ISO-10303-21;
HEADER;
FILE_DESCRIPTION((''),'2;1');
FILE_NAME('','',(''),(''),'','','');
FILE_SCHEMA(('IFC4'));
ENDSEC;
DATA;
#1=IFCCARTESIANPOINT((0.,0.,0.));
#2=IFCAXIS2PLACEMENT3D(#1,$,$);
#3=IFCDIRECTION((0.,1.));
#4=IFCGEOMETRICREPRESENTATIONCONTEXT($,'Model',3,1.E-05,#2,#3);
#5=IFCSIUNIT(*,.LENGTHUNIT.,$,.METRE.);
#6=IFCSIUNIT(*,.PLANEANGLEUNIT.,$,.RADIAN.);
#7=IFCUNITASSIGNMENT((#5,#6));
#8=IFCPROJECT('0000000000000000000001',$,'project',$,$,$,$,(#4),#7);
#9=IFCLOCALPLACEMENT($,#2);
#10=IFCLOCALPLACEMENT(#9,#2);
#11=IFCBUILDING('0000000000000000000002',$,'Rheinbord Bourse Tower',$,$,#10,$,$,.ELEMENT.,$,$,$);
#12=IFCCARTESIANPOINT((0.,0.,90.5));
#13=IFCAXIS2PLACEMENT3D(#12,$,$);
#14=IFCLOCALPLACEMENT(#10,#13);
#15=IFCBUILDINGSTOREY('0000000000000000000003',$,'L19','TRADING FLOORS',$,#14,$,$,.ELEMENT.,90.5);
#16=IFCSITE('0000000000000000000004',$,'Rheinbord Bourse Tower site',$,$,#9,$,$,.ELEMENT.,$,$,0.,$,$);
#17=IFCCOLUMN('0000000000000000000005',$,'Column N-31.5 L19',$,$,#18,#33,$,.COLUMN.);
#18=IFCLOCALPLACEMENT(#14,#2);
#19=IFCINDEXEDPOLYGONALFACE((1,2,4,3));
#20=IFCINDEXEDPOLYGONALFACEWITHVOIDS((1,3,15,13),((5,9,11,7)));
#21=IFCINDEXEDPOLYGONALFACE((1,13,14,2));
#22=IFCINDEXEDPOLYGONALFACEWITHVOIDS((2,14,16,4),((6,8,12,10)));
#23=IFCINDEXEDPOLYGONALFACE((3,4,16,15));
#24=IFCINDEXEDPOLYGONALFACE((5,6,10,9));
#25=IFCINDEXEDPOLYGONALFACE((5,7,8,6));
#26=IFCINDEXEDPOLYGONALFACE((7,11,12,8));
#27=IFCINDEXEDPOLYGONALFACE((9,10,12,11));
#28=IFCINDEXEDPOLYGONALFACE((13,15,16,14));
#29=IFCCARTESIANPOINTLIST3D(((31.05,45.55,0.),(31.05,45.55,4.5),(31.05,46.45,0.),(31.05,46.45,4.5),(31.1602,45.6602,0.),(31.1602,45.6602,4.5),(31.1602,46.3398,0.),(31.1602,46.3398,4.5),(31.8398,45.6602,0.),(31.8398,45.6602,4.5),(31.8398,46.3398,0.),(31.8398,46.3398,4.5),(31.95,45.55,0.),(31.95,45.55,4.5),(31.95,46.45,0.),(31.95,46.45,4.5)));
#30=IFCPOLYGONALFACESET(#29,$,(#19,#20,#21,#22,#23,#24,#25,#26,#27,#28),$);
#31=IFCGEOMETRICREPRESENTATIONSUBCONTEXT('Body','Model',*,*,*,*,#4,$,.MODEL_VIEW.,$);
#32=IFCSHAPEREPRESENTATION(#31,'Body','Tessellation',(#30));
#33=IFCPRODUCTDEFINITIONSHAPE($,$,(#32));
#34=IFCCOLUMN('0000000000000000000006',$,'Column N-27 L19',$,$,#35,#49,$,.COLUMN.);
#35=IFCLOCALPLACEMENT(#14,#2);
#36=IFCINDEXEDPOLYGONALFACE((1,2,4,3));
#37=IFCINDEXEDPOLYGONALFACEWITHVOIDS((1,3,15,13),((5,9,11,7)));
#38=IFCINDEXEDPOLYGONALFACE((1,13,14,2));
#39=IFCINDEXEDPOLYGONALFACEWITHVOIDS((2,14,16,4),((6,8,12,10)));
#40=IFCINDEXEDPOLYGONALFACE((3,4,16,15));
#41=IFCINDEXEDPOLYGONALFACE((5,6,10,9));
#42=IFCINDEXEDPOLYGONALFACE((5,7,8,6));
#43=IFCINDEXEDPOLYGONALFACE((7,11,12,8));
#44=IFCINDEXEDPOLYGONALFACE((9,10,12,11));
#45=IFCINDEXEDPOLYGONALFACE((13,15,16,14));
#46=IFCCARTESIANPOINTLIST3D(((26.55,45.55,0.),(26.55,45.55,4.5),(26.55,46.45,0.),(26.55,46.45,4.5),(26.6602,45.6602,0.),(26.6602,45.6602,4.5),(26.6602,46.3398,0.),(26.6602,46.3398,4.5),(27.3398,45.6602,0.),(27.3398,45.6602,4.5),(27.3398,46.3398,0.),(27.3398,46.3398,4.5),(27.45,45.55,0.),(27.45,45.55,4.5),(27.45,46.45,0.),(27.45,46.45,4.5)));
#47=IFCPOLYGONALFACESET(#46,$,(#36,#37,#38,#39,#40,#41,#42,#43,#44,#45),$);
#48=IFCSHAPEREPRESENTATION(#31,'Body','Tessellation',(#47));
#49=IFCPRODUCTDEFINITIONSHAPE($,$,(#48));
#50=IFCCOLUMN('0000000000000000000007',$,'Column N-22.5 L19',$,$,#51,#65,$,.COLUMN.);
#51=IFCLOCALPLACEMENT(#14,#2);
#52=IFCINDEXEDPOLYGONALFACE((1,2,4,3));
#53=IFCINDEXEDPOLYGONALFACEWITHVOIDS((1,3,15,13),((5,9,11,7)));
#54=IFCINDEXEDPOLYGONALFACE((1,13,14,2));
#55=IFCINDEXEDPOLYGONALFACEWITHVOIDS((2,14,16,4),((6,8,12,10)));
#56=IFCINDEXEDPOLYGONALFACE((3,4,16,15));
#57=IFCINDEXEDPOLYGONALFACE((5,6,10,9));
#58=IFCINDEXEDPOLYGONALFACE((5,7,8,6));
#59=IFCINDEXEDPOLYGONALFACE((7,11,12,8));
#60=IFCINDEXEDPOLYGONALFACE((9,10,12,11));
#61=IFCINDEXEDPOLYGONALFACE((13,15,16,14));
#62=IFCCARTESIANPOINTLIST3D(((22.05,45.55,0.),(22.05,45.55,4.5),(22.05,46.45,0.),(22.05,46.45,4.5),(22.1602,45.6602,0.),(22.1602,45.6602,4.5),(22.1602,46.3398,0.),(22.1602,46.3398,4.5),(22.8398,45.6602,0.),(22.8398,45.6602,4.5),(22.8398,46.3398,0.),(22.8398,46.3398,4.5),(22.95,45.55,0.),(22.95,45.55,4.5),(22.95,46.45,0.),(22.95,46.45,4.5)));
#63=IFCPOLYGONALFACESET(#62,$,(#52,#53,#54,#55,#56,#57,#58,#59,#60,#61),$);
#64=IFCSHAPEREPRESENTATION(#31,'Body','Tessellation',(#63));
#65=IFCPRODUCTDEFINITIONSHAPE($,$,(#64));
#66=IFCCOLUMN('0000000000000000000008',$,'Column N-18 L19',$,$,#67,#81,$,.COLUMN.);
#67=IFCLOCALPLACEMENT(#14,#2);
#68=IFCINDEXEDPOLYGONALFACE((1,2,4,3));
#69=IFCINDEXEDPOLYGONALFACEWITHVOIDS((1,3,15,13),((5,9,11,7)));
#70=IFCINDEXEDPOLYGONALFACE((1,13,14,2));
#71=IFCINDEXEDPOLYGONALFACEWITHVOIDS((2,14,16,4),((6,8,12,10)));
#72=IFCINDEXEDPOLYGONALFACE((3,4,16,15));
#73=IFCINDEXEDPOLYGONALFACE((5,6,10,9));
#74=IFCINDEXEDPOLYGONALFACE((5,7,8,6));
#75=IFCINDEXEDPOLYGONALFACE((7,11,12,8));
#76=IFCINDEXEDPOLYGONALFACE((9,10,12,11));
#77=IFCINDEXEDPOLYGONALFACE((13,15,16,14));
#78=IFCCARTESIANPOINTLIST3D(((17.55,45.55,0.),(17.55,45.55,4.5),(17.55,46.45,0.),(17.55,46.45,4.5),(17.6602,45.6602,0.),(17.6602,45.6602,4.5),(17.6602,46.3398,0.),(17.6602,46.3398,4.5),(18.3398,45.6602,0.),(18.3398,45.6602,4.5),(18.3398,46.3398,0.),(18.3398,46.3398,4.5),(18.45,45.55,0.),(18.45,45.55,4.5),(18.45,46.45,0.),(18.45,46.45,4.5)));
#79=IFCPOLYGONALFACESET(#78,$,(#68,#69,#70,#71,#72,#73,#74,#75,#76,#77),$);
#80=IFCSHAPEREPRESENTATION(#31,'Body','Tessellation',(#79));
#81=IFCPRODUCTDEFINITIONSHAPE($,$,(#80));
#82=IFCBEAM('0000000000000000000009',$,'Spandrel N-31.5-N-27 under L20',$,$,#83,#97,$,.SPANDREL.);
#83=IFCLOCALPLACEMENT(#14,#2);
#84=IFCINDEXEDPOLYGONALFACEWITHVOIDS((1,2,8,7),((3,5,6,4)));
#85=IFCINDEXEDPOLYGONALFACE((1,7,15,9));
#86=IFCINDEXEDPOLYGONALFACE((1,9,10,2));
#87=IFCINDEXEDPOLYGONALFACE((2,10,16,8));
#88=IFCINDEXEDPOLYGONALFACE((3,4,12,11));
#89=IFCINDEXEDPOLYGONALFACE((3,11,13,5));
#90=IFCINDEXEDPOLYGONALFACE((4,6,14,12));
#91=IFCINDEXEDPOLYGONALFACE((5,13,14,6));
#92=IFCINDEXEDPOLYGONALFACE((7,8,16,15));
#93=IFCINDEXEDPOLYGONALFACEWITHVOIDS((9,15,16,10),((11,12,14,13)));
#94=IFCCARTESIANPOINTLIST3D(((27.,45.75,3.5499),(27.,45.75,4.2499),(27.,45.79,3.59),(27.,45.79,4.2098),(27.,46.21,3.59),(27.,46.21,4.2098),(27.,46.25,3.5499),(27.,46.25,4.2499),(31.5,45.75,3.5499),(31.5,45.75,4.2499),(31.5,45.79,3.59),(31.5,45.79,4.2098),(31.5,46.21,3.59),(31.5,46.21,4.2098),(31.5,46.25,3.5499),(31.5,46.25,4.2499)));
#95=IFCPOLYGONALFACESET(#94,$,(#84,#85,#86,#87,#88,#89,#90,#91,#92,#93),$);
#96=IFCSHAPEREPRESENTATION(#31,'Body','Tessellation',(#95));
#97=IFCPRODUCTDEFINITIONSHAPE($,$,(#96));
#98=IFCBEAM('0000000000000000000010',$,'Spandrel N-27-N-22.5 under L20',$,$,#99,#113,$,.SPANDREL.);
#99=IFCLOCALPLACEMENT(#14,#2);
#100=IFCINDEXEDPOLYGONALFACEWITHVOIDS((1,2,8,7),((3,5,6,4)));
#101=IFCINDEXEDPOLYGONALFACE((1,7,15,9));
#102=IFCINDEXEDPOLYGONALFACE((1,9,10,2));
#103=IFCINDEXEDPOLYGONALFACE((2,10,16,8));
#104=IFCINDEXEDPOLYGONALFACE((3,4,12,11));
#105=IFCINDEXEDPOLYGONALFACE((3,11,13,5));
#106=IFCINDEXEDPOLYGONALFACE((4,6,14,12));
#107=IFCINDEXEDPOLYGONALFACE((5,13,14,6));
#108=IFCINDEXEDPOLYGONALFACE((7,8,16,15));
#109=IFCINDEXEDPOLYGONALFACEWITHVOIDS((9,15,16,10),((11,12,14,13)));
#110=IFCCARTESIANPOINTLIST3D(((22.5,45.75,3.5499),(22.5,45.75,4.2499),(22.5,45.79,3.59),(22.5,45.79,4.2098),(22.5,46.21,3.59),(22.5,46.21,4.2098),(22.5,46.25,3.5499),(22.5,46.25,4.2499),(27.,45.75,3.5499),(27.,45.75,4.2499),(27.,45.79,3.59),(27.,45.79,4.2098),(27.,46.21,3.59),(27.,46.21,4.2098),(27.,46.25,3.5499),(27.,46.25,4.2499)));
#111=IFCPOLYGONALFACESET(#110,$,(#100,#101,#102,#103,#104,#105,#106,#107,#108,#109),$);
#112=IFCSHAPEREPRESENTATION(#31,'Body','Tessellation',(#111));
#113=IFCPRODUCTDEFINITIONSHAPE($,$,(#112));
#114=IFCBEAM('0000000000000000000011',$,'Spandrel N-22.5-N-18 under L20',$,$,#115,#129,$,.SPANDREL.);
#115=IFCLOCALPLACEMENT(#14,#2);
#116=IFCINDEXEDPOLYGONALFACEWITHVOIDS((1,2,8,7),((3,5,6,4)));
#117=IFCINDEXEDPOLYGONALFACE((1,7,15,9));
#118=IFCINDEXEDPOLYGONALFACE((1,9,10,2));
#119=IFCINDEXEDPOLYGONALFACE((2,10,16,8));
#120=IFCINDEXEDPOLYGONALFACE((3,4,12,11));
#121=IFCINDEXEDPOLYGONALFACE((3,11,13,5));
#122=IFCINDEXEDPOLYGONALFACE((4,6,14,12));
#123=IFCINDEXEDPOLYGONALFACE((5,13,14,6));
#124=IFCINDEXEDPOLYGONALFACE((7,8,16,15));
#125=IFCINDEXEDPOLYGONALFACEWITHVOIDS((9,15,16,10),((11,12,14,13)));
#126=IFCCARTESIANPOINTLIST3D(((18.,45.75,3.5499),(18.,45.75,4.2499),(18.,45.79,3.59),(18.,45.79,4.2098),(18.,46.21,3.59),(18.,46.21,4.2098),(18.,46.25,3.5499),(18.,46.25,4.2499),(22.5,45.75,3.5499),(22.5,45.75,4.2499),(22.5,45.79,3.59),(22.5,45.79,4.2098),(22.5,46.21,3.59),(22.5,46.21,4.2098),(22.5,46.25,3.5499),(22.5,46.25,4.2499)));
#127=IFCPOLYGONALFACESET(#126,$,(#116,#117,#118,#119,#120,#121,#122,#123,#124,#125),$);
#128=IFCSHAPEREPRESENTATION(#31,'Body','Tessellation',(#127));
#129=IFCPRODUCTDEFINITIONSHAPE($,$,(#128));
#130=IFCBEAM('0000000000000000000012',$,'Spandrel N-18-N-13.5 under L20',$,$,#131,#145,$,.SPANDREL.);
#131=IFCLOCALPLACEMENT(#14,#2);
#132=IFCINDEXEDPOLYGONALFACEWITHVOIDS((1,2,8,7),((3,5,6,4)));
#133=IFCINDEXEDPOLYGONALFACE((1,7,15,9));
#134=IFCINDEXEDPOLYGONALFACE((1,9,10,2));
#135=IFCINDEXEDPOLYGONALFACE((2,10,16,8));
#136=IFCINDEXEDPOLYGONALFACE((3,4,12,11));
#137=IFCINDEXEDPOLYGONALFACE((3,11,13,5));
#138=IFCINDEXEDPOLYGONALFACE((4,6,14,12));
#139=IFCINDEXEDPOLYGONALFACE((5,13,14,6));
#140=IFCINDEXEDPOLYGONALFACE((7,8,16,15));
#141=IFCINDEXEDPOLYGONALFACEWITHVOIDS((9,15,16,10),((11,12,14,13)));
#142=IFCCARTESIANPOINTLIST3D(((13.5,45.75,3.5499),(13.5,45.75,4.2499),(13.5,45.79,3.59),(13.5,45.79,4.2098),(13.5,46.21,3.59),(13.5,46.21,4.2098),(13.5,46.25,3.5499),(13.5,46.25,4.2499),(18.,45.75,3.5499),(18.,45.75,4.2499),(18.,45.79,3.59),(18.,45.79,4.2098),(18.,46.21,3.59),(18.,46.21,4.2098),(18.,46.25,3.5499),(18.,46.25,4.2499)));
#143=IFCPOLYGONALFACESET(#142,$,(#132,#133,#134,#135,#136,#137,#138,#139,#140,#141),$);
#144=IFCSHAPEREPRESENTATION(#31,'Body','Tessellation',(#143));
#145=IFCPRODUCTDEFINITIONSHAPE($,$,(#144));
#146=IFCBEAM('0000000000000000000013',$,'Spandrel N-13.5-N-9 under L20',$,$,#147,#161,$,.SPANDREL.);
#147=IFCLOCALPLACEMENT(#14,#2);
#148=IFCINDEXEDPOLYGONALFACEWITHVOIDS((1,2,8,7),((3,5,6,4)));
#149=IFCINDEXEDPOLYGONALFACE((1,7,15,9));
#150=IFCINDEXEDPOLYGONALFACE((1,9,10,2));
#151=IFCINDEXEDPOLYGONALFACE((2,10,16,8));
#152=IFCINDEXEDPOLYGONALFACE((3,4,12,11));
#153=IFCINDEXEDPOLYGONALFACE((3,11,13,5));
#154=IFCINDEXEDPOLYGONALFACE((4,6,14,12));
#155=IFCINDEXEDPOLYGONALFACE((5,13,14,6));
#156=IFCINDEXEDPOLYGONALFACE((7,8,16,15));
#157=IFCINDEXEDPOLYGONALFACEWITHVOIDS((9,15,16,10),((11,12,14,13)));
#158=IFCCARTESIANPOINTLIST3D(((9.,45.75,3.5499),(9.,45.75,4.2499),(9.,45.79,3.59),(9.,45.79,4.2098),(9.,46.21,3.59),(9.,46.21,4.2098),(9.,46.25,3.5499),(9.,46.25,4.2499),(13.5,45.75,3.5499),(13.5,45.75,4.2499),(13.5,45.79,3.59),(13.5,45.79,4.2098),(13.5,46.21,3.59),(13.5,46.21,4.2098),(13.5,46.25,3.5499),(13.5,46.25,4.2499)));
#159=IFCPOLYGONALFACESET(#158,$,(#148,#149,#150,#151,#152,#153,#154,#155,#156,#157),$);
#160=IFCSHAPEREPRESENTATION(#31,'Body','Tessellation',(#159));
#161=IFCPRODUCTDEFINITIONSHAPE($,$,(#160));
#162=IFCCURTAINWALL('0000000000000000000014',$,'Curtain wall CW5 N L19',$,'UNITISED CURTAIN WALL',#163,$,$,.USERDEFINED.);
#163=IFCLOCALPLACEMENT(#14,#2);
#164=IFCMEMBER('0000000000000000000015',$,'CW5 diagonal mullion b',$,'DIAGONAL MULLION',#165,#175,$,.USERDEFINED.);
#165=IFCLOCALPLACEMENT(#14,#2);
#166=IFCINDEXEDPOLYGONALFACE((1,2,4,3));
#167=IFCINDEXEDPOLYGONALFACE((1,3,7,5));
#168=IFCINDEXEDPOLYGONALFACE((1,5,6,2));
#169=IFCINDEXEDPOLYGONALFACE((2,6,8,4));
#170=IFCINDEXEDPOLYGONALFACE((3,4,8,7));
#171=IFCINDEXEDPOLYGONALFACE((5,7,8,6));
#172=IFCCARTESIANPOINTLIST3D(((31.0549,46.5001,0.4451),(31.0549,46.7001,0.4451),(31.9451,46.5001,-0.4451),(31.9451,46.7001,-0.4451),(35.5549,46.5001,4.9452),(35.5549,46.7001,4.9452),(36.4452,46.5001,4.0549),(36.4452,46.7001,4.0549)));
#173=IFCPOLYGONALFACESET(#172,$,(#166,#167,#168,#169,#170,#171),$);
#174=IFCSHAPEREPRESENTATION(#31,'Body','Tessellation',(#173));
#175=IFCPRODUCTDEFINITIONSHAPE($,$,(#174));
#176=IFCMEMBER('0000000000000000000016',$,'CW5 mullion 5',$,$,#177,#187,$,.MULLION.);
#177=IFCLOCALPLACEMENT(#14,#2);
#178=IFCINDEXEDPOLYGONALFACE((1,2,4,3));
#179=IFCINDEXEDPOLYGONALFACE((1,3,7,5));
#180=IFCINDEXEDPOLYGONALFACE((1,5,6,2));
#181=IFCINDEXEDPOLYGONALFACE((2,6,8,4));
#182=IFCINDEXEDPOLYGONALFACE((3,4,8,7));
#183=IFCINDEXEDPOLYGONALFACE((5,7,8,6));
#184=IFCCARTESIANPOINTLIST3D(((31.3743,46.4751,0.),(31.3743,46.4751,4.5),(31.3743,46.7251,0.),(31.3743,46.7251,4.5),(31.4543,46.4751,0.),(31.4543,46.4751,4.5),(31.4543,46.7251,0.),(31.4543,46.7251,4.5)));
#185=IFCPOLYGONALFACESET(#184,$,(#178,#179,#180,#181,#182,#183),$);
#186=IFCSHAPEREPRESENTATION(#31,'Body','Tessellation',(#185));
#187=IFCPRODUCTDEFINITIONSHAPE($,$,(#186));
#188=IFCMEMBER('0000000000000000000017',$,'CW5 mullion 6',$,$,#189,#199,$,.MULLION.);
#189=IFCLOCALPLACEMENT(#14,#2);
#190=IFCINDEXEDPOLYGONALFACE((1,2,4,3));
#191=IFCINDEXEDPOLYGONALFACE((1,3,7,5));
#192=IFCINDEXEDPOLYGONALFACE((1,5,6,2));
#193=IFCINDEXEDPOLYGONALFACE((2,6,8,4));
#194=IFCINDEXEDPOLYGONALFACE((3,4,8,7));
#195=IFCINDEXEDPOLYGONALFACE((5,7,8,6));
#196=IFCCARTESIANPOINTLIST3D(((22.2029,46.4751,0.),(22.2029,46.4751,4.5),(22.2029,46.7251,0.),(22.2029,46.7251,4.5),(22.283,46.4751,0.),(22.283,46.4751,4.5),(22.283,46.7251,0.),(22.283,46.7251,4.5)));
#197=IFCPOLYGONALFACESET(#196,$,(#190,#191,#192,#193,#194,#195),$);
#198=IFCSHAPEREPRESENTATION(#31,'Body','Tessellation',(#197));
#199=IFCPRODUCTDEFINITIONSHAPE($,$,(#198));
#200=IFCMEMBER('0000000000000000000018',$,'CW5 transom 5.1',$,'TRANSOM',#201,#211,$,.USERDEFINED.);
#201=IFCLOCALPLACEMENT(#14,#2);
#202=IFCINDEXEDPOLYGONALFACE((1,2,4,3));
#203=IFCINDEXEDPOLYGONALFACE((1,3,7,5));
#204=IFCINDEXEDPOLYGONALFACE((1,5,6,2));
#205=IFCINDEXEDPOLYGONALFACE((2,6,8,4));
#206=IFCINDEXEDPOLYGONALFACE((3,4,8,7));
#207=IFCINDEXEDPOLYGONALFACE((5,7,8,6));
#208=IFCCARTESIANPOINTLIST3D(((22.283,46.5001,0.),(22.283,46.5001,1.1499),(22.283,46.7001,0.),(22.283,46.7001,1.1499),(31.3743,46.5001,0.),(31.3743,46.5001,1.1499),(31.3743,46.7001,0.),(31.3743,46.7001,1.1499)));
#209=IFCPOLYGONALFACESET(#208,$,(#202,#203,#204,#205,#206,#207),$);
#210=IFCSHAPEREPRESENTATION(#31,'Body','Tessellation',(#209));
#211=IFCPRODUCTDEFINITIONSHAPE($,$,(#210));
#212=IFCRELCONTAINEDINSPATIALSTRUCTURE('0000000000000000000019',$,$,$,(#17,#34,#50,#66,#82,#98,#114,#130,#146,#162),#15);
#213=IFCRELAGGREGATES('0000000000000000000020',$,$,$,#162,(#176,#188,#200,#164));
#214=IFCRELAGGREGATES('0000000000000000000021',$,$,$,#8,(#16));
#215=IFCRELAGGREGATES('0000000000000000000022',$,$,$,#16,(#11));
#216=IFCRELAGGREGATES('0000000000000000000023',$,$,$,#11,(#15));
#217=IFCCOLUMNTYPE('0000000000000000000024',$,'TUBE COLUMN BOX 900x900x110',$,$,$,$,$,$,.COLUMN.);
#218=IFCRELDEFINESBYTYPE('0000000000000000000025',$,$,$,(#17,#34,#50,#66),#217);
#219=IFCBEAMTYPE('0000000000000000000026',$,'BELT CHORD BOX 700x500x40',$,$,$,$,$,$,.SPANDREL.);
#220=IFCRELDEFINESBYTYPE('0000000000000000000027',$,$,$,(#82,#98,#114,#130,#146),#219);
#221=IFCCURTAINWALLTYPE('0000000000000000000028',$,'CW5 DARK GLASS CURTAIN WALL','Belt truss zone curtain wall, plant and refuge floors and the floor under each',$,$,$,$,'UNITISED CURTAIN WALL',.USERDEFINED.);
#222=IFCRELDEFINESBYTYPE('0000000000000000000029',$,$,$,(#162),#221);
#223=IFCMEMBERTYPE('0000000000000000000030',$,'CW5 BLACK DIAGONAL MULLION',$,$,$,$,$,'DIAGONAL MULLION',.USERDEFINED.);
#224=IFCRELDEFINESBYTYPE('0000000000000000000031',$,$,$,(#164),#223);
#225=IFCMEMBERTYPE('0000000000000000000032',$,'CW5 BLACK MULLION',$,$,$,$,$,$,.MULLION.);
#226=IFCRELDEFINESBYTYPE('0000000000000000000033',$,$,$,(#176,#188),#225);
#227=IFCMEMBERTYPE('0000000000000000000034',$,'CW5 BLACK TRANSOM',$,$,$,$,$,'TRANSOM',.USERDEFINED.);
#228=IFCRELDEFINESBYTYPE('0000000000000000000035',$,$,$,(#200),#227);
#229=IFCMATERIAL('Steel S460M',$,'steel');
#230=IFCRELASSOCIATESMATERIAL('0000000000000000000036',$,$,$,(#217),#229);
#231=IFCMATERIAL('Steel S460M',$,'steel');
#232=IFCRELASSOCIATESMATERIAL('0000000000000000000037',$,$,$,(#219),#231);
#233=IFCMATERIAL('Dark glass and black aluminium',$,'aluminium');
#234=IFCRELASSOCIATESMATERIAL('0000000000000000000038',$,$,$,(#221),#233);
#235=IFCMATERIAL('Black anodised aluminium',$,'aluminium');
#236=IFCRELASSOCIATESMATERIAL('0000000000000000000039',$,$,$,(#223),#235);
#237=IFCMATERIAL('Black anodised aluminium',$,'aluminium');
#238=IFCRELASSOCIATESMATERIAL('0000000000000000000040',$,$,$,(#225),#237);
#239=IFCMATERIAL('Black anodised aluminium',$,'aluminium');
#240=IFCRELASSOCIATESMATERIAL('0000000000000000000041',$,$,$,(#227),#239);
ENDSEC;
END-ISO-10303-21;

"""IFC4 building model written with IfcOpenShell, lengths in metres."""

from ifc_helpers import new_model, si_unit, direction, frame, origin, origin_2d, place, context, subcontext, project, spatial, rectangle, hollow_rectangle, extrude, material, material_profile, profile_set, type_object, element, aggregate, save


model = new_model("IFC4")

# Units and contexts
model_context = context("Model", 3, precision=1e-05, world=origin(), true_north=direction((0.0, 1.0)))
body_context = subcontext(model_context, "Body", "Model", "MODEL_VIEW")
ifc_project = project(units=[si_unit("LENGTHUNIT", "METRE"), si_unit("PLANEANGLEUNIT", "RADIAN")], contexts=[model_context])

# Site, building, storey
site_placement = place(None, origin())
site = spatial("IfcSite", under=ifc_project, at=site_placement, Name="Rheinbord Bourse Tower site", CompositionType="ELEMENT", RefElevation=0.0)
building_placement = place(site_placement, origin())
building = spatial("IfcBuilding", under=site, at=building_placement, Name="Rheinbord Bourse Tower", CompositionType="ELEMENT")
storey_placement = place(building_placement, frame((0.0, 0.0, 90.5)))
storey = spatial("IfcBuildingStorey", under=building, at=storey_placement, Name="L19", Description="TRADING FLOORS", CompositionType="ELEMENT", Elevation=90.5)

# Columns
ifc_material_1 = material(Name="Steel S460M", Category="steel")
ifc_material_profile_1 = material_profile(ifc_material_1, hollow_rectangle(XDim=0.8999, YDim=0.8999, WallThickness=0.1101, at=origin_2d()), Name="BOX 900x900x110")
ifc_profile_set_1 = profile_set([ifc_material_profile_1], Name="Steel S460M")
column_type = type_object("IfcColumnType", Name="TUBE COLUMN BOX 900x900x110", PredefinedType="COLUMN", material=ifc_profile_set_1)
for number, where, z_axis, x_axis, name in (
    (1, (31.5, 46.0, 0.0), (0.0, 0.0, 1.0), (0.0, 1.0, 0.0), "Column N-31.5 L19"),
    (2, (27.0, 46.0, 0.0), (0.0, 0.0, 1.0), (0.0, 1.0, 0.0), "Column N-27 L19"),
    (3, (22.5, 46.0, 0.0), (0.0, 0.0, 1.0), (0.0, 1.0, 0.0), "Column N-22.5 L19"),
    (4, (18.0, 46.0, 0.0), (0.0, 0.0, 1.0), (0.0, 1.0, 0.0), "Column N-18 L19"),
):
    element("IfcColumn", number, at=place(storey_placement, frame(where, z_axis=z_axis, x_axis=x_axis)), inside=storey, type_object=column_type, Name=name, PredefinedType="COLUMN", context=body_context, shape_type="SweptSolid", body=[
        extrude(hollow_rectangle(XDim=0.8999, YDim=0.8999, WallThickness=0.1101, at=origin_2d()), origin(), (0.0, 0.0, 1.0), 4.5),
    ])

# Beams
ifc_material_2 = material(Name="Steel S460M", Category="steel")
ifc_material_profile_2 = material_profile(ifc_material_2, hollow_rectangle(XDim=0.5, YDim=0.7, WallThickness=0.04, at=origin_2d()), Name="BOX 700x500x40")
ifc_profile_set_2 = profile_set([ifc_material_profile_2], Name="Steel S460M")
beam_type_1 = type_object("IfcBeamType", Name="BELT CHORD BOX 700x500x40", PredefinedType="SPANDREL", material=ifc_profile_set_2)
for number, where, z_axis, x_axis, name in (
    (5, (31.5, 46.0, 3.8999), (-1.0, 0.0, 0.0), (0.0, -1.0, 0.0), "Spandrel N-31.5-N-27 under L20"),
    (6, (27.0, 46.0, 3.8999), (-1.0, 0.0, 0.0), (0.0, -1.0, 0.0), "Spandrel N-27-N-22.5 under L20"),
    (7, (22.5, 46.0, 3.8999), (-1.0, 0.0, 0.0), (0.0, -1.0, 0.0), "Spandrel N-22.5-N-18 under L20"),
    (8, (18.0, 46.0, 3.8999), (-1.0, 0.0, 0.0), (0.0, -1.0, 0.0), "Spandrel N-18-N-13.5 under L20"),
    (9, (13.5, 46.0, 3.8999), (-1.0, 0.0, 0.0), (0.0, -1.0, 0.0), "Spandrel N-13.5-N-9 under L20"),
):
    element("IfcBeam", number, at=place(storey_placement, frame(where, z_axis=z_axis, x_axis=x_axis)), inside=storey, type_object=beam_type_1, Name=name, PredefinedType="SPANDREL", context=body_context, shape_type="SweptSolid", body=[
        extrude(hollow_rectangle(XDim=0.5, YDim=0.7, WallThickness=0.04, at=origin_2d()), origin(), (0.0, 0.0, 1.0), 4.5),
    ])

# Curtain wall, members
ifc_material_3 = material(Name="Dark glass and black aluminium", Category="aluminium")
curtain_wall_type = type_object("IfcCurtainWallType", Name="CW5 DARK GLASS CURTAIN WALL", Description="Belt truss zone curtain wall, plant and refuge floors and the floor under each", ElementType="UNITISED CURTAIN WALL", PredefinedType="USERDEFINED", material=ifc_material_3)
curtain_wall_placement = place(storey_placement, origin())
curtain_wall = element("IfcCurtainWall", 10, at=curtain_wall_placement, inside=storey, type_object=curtain_wall_type, Name="Curtain wall CW5 N L19", ObjectType="UNITISED CURTAIN WALL", PredefinedType="USERDEFINED")
ifc_material_4 = material(Name="Black anodised aluminium", Category="aluminium")
ifc_material_profile_3 = material_profile(ifc_material_4, rectangle(XDim=0.2, YDim=1.259, at=origin_2d()), Name="CW5 DIAGONAL MULLION 1259x200")
ifc_profile_set_3 = profile_set([ifc_material_profile_3], Name="Black anodised aluminium")
member_type_1 = type_object("IfcMemberType", Name="CW5 BLACK DIAGONAL MULLION", ElementType="DIAGONAL MULLION", PredefinedType="USERDEFINED", material=ifc_profile_set_3)
member_1_placement = place(storey_placement, frame((31.5, 46.6001, 0.0), z_axis=(0.707107, 0.0, 0.707107), x_axis=(0.0, 1.0, 0.0)))
member_1 = element("IfcMember", 11, at=member_1_placement, type_object=member_type_1, Name="CW5 diagonal mullion b", ObjectType="DIAGONAL MULLION", PredefinedType="USERDEFINED", context=body_context, shape_type="SweptSolid", body=[
    extrude(rectangle(XDim=0.2, YDim=1.259, at=origin_2d()), origin(), (0.0, 0.0, 1.0), 6.364),
])
ifc_material_5 = material(Name="Black anodised aluminium", Category="aluminium")
ifc_material_profile_4 = material_profile(ifc_material_5, rectangle(XDim=0.25, YDim=0.0801, at=origin_2d()), Name="CW5 MULLION 80x250")
ifc_profile_set_4 = profile_set([ifc_material_profile_4], Name="Black anodised aluminium")
member_type_2 = type_object("IfcMemberType", Name="CW5 BLACK MULLION", PredefinedType="MULLION", material=ifc_profile_set_4)
member_2_placement = place(storey_placement, frame((31.4143, 46.6001, 0.0), z_axis=(0.0, 0.0, 1.0), x_axis=(0.0, -1.0, 0.0)))
member_2 = element("IfcMember", 12, at=member_2_placement, type_object=member_type_2, Name="CW5 mullion 5", PredefinedType="MULLION", context=body_context, shape_type="SweptSolid", body=[
    extrude(rectangle(XDim=0.25, YDim=0.0801, at=origin_2d()), origin(), (0.0, 0.0, 1.0), 4.5),
])
member_3_placement = place(storey_placement, frame((22.2429, 46.6001, 0.0), z_axis=(0.0, 0.0, 1.0), x_axis=(0.0, -1.0, 0.0)))
member_3 = element("IfcMember", 13, at=member_3_placement, type_object=member_type_2, Name="CW5 mullion 6", PredefinedType="MULLION", context=body_context, shape_type="SweptSolid", body=[
    extrude(rectangle(XDim=0.25, YDim=0.0801, at=origin_2d()), origin(), (0.0, 0.0, 1.0), 4.5),
])
ifc_material_6 = material(Name="Black anodised aluminium", Category="aluminium")
ifc_material_profile_5 = material_profile(ifc_material_6, rectangle(XDim=0.2, YDim=1.1499, at=origin_2d()), Name="CW5 TRANSOM 1150x200")
ifc_profile_set_5 = profile_set([ifc_material_profile_5], Name="Black anodised aluminium")
member_type_3 = type_object("IfcMemberType", Name="CW5 BLACK TRANSOM", ElementType="TRANSOM", PredefinedType="USERDEFINED", material=ifc_profile_set_5)
member_4_placement = place(storey_placement, frame((31.3743, 46.6001, 0.575), z_axis=(-1.0, 0.0, 0.0), x_axis=(0.0, -1.0, 0.0)))
member_4 = element("IfcMember", 14, at=member_4_placement, type_object=member_type_3, Name="CW5 transom 5.1", ObjectType="TRANSOM", PredefinedType="USERDEFINED", context=body_context, shape_type="SweptSolid", body=[
    extrude(rectangle(XDim=0.2, YDim=1.1499, at=origin_2d()), origin(), (0.0, 0.0, 1.0), 9.0913),
])

aggregate(curtain_wall, [member_2, member_3, member_4, member_1])

save(model, "model.ifc")
